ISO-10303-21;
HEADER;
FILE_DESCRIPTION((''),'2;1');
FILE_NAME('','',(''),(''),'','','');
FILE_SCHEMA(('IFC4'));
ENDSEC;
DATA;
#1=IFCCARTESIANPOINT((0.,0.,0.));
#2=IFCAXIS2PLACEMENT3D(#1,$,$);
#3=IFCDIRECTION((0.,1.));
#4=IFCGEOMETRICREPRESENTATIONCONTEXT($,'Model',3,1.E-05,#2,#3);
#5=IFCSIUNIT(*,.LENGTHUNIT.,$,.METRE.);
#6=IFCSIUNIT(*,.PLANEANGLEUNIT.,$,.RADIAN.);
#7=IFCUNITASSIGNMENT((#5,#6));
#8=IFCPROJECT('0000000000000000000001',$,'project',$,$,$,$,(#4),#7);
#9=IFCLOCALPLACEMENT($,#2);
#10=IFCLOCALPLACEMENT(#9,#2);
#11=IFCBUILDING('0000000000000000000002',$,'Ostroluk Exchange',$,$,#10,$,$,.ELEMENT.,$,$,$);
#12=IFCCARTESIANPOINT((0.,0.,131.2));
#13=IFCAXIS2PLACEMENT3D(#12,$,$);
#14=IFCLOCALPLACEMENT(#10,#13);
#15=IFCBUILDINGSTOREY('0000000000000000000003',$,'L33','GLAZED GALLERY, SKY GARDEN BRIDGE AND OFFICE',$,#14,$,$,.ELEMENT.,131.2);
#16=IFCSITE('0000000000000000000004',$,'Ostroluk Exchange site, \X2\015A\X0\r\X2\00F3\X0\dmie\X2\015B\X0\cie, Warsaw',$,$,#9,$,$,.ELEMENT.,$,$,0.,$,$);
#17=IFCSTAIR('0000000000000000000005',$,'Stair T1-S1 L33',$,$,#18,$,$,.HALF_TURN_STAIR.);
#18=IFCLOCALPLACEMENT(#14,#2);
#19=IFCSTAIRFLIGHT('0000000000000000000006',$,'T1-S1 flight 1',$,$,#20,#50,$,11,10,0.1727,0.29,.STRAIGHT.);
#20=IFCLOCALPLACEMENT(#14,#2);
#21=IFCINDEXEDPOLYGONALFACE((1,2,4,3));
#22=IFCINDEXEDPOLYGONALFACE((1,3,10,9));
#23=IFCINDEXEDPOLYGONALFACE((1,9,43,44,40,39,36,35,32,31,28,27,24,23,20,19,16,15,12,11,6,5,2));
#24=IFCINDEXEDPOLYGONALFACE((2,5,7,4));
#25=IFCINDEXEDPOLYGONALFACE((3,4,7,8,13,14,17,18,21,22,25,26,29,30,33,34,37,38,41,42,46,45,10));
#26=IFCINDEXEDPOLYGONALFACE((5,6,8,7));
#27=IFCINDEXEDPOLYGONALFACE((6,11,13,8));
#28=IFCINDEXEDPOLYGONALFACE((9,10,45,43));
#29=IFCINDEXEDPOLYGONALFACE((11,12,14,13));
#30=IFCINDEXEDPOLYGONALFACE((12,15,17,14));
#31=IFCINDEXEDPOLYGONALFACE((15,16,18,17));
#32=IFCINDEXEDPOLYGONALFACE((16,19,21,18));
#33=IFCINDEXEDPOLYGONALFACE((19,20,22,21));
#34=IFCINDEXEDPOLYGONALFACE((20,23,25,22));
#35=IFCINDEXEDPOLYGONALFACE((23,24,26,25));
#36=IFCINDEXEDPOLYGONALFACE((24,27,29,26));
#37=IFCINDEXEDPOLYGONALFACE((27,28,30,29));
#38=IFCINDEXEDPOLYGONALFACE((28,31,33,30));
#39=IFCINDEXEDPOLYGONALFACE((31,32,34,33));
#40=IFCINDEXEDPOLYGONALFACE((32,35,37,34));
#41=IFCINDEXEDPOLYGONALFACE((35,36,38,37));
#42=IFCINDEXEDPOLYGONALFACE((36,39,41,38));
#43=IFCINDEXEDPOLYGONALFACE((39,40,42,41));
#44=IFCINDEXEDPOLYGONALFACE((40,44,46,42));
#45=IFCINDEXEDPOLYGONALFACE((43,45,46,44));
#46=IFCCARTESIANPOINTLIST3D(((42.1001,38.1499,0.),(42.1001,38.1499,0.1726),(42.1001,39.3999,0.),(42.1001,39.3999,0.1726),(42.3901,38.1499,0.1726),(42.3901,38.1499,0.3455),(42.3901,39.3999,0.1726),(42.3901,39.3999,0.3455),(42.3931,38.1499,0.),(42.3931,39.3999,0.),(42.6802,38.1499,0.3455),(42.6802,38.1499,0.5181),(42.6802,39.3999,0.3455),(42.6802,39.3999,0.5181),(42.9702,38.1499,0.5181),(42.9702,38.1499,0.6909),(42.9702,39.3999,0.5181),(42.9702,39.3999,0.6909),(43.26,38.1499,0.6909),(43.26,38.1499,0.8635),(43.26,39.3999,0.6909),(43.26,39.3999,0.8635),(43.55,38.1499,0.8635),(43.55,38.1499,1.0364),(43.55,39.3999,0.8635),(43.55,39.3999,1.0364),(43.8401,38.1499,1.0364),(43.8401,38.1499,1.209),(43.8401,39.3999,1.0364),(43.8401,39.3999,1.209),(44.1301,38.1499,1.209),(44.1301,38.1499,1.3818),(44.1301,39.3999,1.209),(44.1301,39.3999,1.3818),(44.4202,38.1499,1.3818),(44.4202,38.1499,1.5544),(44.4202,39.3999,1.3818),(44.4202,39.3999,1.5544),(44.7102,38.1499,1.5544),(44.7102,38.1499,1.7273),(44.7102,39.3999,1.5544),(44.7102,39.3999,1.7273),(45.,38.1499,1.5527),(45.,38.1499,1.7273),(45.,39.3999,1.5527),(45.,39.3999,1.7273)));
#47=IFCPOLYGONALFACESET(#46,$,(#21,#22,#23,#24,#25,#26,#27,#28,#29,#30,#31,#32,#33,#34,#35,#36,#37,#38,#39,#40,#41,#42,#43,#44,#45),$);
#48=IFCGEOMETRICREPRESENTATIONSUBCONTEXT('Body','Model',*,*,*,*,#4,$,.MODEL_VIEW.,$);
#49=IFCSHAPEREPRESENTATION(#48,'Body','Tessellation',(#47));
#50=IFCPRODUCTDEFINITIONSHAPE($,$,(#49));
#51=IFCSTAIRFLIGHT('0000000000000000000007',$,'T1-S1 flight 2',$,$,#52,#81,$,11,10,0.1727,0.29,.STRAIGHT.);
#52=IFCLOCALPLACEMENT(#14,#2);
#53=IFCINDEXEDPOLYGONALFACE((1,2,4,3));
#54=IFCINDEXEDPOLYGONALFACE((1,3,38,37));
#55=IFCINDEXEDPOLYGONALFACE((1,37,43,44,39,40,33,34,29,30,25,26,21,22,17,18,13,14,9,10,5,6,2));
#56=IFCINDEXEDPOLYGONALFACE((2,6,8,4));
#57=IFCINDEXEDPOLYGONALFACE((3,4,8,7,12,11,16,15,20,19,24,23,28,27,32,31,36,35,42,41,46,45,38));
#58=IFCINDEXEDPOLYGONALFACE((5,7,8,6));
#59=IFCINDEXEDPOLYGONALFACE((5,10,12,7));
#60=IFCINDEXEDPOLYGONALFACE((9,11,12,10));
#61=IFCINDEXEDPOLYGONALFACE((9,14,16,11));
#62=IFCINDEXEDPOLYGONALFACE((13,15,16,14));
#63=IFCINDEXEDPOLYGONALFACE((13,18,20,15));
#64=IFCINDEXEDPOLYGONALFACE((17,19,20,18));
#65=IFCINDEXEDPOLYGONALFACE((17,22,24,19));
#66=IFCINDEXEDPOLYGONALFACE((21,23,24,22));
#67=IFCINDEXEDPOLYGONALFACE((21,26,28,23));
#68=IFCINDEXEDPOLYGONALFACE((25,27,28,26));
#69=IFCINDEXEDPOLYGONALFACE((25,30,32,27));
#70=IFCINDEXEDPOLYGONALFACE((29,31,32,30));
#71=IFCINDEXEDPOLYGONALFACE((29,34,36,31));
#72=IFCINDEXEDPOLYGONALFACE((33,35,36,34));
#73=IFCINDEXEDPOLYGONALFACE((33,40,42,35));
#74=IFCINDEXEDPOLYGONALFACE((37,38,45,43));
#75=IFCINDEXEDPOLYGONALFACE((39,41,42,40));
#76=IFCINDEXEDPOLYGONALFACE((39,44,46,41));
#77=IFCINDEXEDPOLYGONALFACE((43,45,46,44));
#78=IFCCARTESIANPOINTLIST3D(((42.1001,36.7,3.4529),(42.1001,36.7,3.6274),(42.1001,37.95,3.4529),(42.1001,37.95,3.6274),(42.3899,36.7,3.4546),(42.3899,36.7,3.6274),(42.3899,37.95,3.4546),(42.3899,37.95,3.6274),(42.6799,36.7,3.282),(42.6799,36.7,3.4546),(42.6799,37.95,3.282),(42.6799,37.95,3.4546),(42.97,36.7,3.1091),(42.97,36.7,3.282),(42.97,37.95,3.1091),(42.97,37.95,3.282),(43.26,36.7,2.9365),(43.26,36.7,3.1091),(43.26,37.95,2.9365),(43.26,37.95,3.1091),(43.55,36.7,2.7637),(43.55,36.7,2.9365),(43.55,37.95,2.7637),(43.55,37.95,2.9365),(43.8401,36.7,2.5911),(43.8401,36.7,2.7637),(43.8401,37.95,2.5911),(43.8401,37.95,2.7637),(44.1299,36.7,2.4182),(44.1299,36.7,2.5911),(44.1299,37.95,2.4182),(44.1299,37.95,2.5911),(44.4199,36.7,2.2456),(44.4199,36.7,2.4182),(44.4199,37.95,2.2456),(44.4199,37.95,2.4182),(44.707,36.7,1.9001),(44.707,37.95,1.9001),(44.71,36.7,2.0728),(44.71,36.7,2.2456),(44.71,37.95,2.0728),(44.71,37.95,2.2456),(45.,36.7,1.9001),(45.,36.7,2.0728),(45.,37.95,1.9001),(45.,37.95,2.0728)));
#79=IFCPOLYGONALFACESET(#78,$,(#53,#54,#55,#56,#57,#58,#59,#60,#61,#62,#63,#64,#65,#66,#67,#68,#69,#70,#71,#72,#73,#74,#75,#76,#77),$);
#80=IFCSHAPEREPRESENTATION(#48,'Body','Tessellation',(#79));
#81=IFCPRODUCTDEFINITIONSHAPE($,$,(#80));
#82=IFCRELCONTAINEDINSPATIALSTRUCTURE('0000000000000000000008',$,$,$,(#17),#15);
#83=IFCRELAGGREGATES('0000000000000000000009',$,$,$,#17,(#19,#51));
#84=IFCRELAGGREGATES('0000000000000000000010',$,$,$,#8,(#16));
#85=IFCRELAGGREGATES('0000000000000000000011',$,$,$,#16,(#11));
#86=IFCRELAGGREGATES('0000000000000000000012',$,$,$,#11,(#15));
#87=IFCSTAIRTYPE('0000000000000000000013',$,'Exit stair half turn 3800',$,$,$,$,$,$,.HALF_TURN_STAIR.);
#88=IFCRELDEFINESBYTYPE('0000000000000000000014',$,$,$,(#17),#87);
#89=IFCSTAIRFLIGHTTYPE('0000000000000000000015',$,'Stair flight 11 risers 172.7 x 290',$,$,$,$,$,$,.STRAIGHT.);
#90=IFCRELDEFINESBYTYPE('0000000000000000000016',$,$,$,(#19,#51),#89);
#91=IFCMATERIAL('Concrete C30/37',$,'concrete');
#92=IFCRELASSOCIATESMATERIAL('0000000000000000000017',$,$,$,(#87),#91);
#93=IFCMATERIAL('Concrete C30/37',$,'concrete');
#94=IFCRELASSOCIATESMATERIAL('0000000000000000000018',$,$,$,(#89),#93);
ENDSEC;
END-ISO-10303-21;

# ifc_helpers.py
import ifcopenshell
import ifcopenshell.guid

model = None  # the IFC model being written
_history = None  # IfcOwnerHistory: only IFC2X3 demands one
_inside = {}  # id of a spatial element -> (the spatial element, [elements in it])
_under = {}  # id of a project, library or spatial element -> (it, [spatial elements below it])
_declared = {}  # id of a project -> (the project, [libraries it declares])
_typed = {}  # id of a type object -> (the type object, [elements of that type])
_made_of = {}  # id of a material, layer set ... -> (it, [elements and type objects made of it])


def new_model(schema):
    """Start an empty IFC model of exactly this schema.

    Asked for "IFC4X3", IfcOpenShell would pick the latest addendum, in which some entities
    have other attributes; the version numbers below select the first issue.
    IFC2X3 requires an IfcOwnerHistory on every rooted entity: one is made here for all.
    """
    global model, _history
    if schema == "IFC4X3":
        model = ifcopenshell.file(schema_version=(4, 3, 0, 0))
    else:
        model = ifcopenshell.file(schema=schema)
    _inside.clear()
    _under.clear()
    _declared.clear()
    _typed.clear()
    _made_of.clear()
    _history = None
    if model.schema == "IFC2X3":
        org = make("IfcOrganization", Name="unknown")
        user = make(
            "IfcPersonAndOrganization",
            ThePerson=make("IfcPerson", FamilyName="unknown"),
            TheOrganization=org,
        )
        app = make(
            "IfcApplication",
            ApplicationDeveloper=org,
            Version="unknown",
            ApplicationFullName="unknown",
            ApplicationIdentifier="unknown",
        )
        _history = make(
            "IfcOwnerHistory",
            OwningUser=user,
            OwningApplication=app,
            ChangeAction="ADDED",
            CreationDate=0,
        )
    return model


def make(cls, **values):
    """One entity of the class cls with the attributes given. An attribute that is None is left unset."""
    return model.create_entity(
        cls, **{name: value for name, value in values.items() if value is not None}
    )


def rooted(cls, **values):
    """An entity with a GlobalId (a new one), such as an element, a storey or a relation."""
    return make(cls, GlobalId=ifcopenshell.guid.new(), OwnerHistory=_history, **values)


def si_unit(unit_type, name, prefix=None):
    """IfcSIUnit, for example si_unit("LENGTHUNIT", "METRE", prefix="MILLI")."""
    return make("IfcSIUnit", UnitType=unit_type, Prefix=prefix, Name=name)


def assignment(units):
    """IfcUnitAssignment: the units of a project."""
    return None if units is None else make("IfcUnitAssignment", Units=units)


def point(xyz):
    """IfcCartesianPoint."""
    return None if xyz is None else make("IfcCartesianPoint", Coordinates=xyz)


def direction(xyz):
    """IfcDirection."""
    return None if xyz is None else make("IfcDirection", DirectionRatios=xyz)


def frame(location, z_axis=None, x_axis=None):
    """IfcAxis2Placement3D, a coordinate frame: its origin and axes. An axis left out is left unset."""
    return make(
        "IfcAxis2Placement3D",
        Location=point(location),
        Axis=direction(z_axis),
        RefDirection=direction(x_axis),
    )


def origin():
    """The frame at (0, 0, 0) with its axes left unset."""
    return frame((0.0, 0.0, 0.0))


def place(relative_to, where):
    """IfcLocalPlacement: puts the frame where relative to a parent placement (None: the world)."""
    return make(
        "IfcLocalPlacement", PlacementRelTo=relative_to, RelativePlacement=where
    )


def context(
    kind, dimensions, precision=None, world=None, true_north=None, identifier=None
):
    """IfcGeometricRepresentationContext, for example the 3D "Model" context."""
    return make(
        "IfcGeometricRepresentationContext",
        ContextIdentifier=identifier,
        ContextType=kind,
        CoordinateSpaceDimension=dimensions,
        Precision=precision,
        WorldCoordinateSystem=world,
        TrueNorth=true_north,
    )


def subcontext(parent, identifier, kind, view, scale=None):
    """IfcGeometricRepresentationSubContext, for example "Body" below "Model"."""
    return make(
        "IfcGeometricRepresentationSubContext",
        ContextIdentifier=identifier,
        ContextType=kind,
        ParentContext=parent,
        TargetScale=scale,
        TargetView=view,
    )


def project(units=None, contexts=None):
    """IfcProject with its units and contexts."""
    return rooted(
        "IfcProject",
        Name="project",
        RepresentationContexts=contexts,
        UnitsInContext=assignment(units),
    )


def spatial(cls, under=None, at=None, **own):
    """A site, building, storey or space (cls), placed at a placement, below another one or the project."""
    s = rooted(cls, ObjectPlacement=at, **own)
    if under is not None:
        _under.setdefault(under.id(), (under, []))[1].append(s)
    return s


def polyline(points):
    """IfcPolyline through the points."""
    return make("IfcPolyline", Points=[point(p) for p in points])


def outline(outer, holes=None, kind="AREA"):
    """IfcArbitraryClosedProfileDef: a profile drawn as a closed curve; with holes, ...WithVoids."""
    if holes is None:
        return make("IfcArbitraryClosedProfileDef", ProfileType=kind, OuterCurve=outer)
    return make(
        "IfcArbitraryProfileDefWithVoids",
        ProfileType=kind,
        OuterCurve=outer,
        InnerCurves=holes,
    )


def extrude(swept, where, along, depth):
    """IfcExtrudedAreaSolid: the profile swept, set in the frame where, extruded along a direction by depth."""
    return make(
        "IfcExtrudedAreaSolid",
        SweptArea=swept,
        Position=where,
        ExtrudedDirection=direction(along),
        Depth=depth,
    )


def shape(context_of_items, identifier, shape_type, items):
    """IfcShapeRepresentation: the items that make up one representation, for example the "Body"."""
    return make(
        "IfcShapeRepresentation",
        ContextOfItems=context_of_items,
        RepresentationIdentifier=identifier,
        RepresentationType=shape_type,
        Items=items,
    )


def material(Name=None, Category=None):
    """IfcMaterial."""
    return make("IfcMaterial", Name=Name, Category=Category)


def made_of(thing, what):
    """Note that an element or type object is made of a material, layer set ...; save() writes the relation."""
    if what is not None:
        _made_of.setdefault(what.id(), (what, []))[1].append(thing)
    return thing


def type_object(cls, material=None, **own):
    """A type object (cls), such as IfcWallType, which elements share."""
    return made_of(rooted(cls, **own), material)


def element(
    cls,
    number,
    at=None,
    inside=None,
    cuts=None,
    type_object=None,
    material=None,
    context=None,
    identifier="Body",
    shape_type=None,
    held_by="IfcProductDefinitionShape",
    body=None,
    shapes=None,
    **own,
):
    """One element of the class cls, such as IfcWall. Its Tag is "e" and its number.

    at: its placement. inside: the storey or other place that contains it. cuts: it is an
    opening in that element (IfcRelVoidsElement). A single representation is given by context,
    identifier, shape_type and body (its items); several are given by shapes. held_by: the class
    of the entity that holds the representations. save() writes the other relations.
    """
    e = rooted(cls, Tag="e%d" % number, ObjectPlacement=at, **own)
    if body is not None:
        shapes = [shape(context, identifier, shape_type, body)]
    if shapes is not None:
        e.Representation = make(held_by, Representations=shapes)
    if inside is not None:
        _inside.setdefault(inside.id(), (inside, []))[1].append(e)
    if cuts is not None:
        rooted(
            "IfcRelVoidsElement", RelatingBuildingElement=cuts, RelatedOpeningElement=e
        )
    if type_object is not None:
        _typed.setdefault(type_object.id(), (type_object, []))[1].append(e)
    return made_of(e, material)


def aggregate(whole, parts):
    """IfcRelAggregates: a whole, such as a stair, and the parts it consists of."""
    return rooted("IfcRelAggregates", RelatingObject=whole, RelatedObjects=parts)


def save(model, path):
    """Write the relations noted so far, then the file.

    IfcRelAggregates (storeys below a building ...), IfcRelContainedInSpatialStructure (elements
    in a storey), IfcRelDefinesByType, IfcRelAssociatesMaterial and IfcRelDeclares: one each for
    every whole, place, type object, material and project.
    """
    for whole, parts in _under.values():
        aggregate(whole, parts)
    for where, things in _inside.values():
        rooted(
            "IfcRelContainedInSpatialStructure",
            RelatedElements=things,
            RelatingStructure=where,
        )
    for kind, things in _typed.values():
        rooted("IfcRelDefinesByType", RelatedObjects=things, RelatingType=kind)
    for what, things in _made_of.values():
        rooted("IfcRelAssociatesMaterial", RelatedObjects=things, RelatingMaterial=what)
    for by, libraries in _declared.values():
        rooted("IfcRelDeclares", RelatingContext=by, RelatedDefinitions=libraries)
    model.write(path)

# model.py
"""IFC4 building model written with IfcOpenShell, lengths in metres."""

from ifc_helpers import new_model, si_unit, direction, frame, origin, place, context, subcontext, project, spatial, polyline, outline, extrude, material, type_object, element, aggregate, save


model = new_model("IFC4")

# Units and contexts
model_context = context("Model", 3, precision=1e-05, world=origin(), true_north=direction((0.0, 1.0)))
body_context = subcontext(model_context, "Body", "Model", "MODEL_VIEW")
ifc_project = project(units=[si_unit("LENGTHUNIT", "METRE"), si_unit("PLANEANGLEUNIT", "RADIAN")], contexts=[model_context])

# Site, building, storey
site_placement = place(None, origin())
site = spatial("IfcSite", under=ifc_project, at=site_placement, Name="Ostroluk Exchange site, Śródmieście, Warsaw", CompositionType="ELEMENT", RefElevation=0.0)
building_placement = place(site_placement, origin())
building = spatial("IfcBuilding", under=site, at=building_placement, Name="Ostroluk Exchange", CompositionType="ELEMENT")
storey_placement = place(building_placement, frame((0.0, 0.0, 131.2)))
storey = spatial("IfcBuildingStorey", under=building, at=storey_placement, Name="L33", Description="GLAZED GALLERY, SKY GARDEN BRIDGE AND OFFICE", CompositionType="ELEMENT", Elevation=131.2)

# Stair, stair flights
ifc_material_1 = material(Name="Concrete C30/37", Category="concrete")
stair_type = type_object("IfcStairType", Name="Exit stair half turn 3800", PredefinedType="HALF_TURN_STAIR", material=ifc_material_1)
stair_placement = place(storey_placement, origin())
stair = element("IfcStair", 1, at=stair_placement, inside=storey, type_object=stair_type, Name="Stair T1-S1 L33", PredefinedType="HALF_TURN_STAIR")
ifc_material_2 = material(Name="Concrete C30/37", Category="concrete")
stair_flight_type = type_object("IfcStairFlightType", Name="Stair flight 11 risers 172.7 x 290", PredefinedType="STRAIGHT", material=ifc_material_2)
stair_flight_1_placement = place(storey_placement, frame((42.1001, 38.7749, 0.0), z_axis=(0.0, 0.0, 1.0), x_axis=(1.0, 0.0, 0.0)))
stair_flight_1 = element("IfcStairFlight", 2, at=stair_flight_1_placement, type_object=stair_flight_type, Name="T1-S1 flight 1", NumberOfRisers=11, NumberOfTreads=10, PredefinedType="STRAIGHT", RiserHeight=0.1727, TreadLength=0.29, context=body_context, shape_type="SweptSolid", body=[
    extrude(outline(polyline([(0.0, 0.0), (0.0, 0.1726), (0.29, 0.1726), (0.29, 0.3455), (0.5801, 0.3455), (0.5801, 0.5181), (0.8701, 0.5181), (0.8701, 0.6909), (1.1599, 0.6909), (1.1599, 0.8635), (1.45, 0.8635), (1.45, 1.0364), (1.74, 1.0364), (1.74, 1.209), (2.03, 1.209), (2.03, 1.3818), (2.3201, 1.3818), (2.3201, 1.5544), (2.6101, 1.5544), (2.6101, 1.7273), (2.8999, 1.7273), (2.8999, 1.8999), (2.8999, 1.5527), (0.293, 0.0), (0.0, 0.0)])), frame((0.0, 0.625, 0.0), z_axis=(0.0, -1.0, 0.0), x_axis=(1.0, 0.0, 0.0)), (0.0, 0.0, 1.0), 1.25),
])
stair_flight_2_placement = place(storey_placement, frame((45.0, 37.325, 1.9001), z_axis=(0.0, 0.0, 1.0), x_axis=(-1.0, 0.0, 0.0)))
stair_flight_2 = element("IfcStairFlight", 3, at=stair_flight_2_placement, type_object=stair_flight_type, Name="T1-S1 flight 2", NumberOfRisers=11, NumberOfTreads=10, PredefinedType="STRAIGHT", RiserHeight=0.1727, TreadLength=0.29, context=body_context, shape_type="SweptSolid", body=[
    extrude(outline(polyline([(0.0, 0.0), (0.0, 0.1726), (0.29, 0.1726), (0.29, 0.3455), (0.5801, 0.3455), (0.5801, 0.5181), (0.8701, 0.5181), (0.8701, 0.6909), (1.1599, 0.6909), (1.1599, 0.8635), (1.45, 0.8635), (1.45, 1.0364), (1.74, 1.0364), (1.74, 1.209), (2.03, 1.209), (2.03, 1.3818), (2.3201, 1.3818), (2.3201, 1.5544), (2.6101, 1.5544), (2.6101, 1.7273), (2.8999, 1.7273), (2.8999, 1.8999), (2.8999, 1.5527), (0.293, 0.0), (0.0, 0.0)])), frame((0.0, 0.625, 0.0), z_axis=(0.0, -1.0, 0.0), x_axis=(1.0, 0.0, 0.0)), (0.0, 0.0, 1.0), 1.25),
])
aggregate(stair, [stair_flight_1, stair_flight_2])

save(model, "model.ifc")
